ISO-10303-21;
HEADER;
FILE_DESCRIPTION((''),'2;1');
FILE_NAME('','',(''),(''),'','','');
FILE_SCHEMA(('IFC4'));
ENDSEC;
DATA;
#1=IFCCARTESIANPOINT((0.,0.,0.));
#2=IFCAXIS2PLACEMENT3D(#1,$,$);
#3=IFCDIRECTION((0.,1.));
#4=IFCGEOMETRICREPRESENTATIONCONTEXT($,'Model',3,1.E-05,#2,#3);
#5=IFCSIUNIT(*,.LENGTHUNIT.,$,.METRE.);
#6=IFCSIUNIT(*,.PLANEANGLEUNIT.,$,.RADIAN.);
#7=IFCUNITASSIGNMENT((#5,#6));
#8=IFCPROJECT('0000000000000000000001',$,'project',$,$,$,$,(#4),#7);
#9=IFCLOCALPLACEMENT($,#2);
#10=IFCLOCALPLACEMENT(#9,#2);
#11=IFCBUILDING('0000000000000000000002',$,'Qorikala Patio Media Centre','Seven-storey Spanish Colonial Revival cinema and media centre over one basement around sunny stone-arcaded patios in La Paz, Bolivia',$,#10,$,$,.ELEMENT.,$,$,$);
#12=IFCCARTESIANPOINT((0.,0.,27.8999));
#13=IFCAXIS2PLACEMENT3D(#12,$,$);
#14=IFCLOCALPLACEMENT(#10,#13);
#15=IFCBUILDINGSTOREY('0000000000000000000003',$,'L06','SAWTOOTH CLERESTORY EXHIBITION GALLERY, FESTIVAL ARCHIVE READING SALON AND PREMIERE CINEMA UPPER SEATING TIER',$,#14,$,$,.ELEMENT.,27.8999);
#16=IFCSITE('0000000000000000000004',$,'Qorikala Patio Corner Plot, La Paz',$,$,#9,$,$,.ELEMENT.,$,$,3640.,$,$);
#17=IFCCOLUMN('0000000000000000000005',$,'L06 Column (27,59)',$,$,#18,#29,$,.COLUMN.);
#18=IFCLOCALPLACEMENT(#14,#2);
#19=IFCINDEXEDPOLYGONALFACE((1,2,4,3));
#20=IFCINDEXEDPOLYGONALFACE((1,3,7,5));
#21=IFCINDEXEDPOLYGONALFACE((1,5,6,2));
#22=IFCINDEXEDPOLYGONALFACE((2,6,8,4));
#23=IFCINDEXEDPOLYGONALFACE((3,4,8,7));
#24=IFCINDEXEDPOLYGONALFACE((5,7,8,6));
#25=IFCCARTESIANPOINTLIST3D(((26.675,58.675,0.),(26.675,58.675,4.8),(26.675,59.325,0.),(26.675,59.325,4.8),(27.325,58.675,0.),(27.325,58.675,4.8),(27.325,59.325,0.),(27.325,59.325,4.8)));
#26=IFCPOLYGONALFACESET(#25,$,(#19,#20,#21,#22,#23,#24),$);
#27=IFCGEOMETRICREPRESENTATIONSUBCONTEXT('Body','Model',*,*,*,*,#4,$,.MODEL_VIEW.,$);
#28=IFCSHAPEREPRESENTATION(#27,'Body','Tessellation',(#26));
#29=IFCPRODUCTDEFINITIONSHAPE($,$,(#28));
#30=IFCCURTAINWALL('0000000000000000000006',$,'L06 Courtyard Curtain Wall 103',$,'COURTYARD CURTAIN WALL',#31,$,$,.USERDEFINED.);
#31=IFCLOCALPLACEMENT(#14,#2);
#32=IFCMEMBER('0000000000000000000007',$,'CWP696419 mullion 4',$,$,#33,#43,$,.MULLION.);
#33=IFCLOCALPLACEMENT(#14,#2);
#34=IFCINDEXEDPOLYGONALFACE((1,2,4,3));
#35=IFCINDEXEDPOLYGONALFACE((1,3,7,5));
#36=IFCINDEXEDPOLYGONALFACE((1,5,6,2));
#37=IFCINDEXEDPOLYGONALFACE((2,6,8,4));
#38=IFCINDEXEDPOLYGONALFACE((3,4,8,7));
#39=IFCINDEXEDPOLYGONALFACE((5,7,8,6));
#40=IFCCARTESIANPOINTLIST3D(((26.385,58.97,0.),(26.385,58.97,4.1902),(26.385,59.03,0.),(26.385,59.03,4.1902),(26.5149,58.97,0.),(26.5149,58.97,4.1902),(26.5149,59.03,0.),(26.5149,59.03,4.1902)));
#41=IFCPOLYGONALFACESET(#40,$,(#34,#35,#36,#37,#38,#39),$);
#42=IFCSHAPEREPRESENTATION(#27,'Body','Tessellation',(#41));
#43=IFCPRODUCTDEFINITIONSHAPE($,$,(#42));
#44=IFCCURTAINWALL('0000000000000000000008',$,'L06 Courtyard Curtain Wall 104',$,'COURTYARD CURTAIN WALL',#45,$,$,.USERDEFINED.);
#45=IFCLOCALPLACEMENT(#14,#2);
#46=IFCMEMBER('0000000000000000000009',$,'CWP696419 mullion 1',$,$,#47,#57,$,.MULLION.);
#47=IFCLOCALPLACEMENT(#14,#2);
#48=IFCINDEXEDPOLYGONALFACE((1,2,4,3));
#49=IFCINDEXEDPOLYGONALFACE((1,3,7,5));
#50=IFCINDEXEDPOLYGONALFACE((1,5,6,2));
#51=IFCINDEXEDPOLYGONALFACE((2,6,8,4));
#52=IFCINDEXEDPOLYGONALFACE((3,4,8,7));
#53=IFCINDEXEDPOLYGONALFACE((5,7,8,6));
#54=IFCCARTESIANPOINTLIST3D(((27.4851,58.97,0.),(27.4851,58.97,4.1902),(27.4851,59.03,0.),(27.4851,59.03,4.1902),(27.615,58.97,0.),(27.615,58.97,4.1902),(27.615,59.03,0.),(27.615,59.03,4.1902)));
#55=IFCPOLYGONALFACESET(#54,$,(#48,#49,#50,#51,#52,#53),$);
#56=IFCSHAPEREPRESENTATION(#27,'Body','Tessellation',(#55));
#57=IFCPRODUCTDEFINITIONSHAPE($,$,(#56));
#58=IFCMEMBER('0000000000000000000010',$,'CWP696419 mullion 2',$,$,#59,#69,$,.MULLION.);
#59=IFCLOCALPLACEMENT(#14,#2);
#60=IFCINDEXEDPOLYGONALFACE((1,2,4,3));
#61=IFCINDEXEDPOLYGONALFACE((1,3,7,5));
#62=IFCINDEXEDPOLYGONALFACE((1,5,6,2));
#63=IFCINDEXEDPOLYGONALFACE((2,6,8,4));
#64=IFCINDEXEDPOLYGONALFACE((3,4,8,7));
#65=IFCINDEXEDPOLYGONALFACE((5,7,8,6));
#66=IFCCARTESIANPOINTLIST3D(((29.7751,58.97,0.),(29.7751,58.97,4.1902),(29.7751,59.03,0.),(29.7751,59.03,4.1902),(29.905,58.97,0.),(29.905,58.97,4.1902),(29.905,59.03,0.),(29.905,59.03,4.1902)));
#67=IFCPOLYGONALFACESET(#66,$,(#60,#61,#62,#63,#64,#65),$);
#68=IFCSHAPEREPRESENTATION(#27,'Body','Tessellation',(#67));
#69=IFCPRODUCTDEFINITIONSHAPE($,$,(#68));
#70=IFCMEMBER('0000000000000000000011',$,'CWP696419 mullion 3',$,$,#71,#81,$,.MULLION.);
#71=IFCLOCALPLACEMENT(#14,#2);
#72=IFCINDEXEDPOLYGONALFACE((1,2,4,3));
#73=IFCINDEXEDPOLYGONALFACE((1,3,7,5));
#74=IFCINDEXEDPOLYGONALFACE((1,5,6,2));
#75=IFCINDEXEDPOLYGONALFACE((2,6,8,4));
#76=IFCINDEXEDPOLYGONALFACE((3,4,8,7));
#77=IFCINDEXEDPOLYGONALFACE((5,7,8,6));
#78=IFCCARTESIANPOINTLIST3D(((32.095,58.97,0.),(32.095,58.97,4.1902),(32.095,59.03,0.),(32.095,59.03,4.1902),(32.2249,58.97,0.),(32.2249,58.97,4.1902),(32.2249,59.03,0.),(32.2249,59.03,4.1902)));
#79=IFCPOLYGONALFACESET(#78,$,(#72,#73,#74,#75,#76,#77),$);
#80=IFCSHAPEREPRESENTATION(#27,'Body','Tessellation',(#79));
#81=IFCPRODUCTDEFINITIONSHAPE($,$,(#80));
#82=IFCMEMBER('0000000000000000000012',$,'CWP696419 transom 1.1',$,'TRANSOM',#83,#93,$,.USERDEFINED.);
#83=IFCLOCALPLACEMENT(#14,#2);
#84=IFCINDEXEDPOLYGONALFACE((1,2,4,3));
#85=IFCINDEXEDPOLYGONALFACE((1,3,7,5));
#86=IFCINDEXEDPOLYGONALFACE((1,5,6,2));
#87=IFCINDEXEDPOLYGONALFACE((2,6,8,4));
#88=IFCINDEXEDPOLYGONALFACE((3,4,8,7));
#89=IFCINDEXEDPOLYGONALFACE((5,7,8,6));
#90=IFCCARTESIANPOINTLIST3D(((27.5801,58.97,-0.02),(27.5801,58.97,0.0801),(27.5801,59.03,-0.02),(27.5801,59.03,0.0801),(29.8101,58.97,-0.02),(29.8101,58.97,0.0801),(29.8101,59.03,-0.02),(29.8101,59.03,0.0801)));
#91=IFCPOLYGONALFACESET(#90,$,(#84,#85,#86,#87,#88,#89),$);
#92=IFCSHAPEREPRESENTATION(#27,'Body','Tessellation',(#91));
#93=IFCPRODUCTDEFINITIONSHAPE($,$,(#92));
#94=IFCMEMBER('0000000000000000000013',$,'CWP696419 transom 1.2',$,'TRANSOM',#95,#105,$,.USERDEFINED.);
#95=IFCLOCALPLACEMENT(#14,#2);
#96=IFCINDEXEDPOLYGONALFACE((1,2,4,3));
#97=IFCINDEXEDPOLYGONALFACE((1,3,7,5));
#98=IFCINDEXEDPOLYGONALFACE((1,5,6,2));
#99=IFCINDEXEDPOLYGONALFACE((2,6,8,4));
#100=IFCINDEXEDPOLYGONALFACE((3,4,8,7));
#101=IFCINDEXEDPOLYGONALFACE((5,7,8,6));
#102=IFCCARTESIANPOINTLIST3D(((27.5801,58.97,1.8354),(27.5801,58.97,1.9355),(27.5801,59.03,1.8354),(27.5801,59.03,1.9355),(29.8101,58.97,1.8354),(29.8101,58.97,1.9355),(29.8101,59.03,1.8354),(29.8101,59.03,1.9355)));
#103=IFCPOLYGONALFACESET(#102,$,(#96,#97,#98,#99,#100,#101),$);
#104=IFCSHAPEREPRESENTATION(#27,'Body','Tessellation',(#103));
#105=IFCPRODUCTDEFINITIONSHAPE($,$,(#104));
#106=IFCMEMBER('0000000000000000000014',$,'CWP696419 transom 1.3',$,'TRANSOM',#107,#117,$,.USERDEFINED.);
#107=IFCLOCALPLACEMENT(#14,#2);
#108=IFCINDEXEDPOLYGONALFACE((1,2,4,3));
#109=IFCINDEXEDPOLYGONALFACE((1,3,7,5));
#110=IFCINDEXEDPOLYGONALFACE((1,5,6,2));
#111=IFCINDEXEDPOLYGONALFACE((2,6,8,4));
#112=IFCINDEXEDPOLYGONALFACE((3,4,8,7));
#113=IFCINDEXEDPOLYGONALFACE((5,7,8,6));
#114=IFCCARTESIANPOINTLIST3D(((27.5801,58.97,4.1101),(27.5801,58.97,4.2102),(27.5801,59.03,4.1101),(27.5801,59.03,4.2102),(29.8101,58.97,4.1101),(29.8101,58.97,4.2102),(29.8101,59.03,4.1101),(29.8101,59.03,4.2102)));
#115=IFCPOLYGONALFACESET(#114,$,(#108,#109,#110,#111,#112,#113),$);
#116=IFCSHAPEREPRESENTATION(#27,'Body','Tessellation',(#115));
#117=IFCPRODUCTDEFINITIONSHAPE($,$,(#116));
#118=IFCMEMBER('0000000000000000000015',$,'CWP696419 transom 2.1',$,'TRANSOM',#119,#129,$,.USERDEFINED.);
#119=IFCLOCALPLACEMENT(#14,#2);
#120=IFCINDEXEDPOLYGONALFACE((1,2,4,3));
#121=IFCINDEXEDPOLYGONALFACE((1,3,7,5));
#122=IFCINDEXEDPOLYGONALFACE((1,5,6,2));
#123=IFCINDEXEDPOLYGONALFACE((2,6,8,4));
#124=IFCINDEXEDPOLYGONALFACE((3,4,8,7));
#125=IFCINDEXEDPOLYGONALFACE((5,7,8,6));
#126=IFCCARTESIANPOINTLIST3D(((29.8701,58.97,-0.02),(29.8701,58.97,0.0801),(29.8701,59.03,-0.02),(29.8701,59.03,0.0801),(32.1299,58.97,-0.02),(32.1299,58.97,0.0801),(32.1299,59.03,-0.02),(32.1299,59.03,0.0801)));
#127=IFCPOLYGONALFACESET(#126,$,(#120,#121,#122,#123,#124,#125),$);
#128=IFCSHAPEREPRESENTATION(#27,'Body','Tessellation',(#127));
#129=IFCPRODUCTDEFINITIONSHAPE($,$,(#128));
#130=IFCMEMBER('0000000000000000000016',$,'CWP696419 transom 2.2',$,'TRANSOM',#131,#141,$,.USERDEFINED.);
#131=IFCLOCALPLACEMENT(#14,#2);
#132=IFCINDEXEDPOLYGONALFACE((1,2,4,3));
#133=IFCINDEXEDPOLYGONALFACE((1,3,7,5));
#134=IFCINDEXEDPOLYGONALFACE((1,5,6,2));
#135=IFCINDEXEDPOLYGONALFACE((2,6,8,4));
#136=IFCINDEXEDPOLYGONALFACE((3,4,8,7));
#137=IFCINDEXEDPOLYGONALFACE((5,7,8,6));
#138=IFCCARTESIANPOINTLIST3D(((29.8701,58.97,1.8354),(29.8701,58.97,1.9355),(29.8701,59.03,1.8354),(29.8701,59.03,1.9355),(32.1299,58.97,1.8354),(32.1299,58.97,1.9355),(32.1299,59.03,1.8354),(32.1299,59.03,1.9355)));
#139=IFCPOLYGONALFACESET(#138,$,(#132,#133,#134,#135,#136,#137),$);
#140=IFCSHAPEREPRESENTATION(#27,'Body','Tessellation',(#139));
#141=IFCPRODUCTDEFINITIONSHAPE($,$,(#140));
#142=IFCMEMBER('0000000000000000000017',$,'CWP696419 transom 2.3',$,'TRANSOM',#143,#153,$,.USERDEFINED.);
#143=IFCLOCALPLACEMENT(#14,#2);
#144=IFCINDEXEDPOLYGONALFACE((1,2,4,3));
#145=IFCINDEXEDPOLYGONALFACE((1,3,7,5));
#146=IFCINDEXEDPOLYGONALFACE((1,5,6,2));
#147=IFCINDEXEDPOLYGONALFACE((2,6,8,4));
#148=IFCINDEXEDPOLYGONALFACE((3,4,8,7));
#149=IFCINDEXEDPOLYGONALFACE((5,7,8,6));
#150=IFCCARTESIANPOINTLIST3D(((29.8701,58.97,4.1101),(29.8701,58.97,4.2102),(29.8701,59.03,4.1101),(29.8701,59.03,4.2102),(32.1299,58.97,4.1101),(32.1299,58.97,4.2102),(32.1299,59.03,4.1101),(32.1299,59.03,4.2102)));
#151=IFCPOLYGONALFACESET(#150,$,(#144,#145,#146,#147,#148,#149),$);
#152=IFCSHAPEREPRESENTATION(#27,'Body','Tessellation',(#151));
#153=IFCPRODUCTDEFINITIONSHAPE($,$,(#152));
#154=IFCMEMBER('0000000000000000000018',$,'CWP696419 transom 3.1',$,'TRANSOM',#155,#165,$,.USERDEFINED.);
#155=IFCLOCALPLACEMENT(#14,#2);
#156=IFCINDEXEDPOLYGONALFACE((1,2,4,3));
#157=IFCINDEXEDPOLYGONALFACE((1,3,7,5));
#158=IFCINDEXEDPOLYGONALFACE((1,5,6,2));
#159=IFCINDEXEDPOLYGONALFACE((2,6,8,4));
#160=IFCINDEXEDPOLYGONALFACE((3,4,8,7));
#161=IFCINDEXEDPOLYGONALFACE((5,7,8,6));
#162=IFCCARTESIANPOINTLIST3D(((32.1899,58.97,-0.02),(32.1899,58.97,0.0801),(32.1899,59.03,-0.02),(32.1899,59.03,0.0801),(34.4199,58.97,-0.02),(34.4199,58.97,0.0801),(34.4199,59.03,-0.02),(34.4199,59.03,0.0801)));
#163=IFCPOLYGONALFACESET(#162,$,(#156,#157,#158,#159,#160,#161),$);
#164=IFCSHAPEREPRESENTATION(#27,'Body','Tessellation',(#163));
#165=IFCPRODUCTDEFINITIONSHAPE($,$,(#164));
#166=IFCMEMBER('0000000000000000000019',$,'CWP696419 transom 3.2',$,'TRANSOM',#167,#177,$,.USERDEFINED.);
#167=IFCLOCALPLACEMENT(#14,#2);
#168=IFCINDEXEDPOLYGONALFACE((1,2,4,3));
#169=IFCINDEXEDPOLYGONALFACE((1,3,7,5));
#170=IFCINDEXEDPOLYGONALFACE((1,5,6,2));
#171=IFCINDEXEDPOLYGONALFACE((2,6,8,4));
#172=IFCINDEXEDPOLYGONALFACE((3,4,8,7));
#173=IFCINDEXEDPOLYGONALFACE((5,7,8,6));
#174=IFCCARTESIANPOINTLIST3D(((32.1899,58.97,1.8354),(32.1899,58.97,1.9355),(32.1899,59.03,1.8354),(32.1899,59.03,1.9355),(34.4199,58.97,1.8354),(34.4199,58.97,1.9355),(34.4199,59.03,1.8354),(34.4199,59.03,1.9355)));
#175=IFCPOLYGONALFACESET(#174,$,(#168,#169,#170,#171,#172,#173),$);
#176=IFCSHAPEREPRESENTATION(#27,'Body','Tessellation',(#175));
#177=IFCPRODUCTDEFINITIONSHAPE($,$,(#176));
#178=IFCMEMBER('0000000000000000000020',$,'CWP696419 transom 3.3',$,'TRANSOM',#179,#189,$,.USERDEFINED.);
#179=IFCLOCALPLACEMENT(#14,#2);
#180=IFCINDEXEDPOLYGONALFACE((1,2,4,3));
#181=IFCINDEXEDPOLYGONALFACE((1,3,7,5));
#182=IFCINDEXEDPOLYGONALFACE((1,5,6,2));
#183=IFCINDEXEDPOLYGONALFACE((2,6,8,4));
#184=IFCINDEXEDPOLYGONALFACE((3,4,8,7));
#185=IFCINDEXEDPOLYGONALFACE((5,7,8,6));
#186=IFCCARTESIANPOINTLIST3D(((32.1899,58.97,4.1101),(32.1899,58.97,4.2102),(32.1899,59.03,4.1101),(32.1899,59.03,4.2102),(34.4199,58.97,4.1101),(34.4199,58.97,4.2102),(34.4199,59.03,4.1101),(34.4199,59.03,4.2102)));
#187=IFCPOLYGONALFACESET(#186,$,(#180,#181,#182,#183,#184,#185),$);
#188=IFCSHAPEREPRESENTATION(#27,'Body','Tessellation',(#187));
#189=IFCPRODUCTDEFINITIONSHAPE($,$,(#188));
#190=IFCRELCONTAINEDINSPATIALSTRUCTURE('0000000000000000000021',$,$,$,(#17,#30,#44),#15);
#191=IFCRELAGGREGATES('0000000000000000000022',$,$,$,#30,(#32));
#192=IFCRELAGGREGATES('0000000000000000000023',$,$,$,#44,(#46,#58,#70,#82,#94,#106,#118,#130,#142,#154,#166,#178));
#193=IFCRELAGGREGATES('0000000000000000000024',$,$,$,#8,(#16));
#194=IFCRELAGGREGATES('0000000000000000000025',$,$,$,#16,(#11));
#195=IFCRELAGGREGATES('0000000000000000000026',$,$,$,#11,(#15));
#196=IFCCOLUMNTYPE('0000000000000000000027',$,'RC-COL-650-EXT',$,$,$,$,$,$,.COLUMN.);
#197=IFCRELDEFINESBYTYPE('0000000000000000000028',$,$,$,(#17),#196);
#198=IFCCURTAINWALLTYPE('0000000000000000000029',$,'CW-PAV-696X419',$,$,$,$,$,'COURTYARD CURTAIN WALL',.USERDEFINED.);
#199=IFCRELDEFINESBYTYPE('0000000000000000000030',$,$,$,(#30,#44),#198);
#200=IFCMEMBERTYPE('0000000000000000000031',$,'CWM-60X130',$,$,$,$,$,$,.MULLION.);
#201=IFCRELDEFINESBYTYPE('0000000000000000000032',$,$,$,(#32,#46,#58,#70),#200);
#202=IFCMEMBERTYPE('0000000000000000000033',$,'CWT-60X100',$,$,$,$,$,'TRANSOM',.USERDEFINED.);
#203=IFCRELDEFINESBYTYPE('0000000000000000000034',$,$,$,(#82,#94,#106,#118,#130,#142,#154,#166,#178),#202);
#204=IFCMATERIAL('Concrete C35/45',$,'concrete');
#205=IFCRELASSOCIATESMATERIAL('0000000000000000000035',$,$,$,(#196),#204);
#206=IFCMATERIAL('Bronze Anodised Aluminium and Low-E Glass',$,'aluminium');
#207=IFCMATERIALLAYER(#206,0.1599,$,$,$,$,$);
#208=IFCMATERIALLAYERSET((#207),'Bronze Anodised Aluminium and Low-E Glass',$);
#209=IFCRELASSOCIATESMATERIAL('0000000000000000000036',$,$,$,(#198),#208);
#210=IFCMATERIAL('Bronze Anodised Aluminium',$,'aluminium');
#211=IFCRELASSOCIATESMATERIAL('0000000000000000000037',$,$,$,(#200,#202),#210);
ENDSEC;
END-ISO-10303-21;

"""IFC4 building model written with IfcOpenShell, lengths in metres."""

from ifc_helpers import new_model, si_unit, direction, frame, origin, origin_2d, place, context, subcontext, project, spatial, rectangle, extrude, material, layer, layer_set, material_profile, profile_set, type_object, element, aggregate, save


model = new_model("IFC4")

# Units and contexts
model_context = context("Model", 3, precision=1e-05, world=origin(), true_north=direction((0.0, 1.0)))
body_context = subcontext(model_context, "Body", "Model", "MODEL_VIEW")
ifc_project = project(units=[si_unit("LENGTHUNIT", "METRE"), si_unit("PLANEANGLEUNIT", "RADIAN")], contexts=[model_context])

# Site, building, storey
site_placement = place(None, origin())
site = spatial("IfcSite", under=ifc_project, at=site_placement, Name="Qorikala Patio Corner Plot, La Paz", CompositionType="ELEMENT", RefElevation=3640.0)
building_placement = place(site_placement, origin())
building = spatial("IfcBuilding", under=site, at=building_placement, Name="Qorikala Patio Media Centre", Description="Seven-storey Spanish Colonial Revival cinema and media centre over one basement around sunny stone-arcaded patios in La Paz, Bolivia", CompositionType="ELEMENT")
storey_placement = place(building_placement, frame((0.0, 0.0, 27.8999)))
storey = spatial("IfcBuildingStorey", under=building, at=storey_placement, Name="L06", Description="SAWTOOTH CLERESTORY EXHIBITION GALLERY, FESTIVAL ARCHIVE READING SALON AND PREMIERE CINEMA UPPER SEATING TIER", CompositionType="ELEMENT", Elevation=27.8999)

# Column
ifc_material_1 = material(Name="Concrete C35/45", Category="concrete")
ifc_material_profile_1 = material_profile(ifc_material_1, rectangle(XDim=0.6499, YDim=0.6499, at=origin_2d()), Name="RC 650x650")
ifc_profile_set_1 = profile_set([ifc_material_profile_1], Name="Concrete C35/45")
column_type = type_object("IfcColumnType", Name="RC-COL-650-EXT", PredefinedType="COLUMN", material=ifc_profile_set_1)
column_placement = place(storey_placement, frame((27.0, 59.0, 0.0), z_axis=(0.0, 0.0, 1.0), x_axis=(1.0, 0.0, 0.0)))
element("IfcColumn", 1, at=column_placement, inside=storey, type_object=column_type, Name="L06 Column (27,59)", PredefinedType="COLUMN", context=body_context, shape_type="SweptSolid", body=[
    extrude(rectangle(XDim=0.6499, YDim=0.6499, at=origin_2d()), origin(), (0.0, 0.0, 1.0), 4.8),
])

# Curtain wall, member
ifc_material_2 = material(Name="Bronze Anodised Aluminium and Low-E Glass", Category="aluminium")
ifc_layer_1 = layer(ifc_material_2, 0.1599)
ifc_layer_set_1 = layer_set([ifc_layer_1], Name="Bronze Anodised Aluminium and Low-E Glass")
curtain_wall_type = type_object("IfcCurtainWallType", Name="CW-PAV-696X419", ElementType="COURTYARD CURTAIN WALL", PredefinedType="USERDEFINED", material=ifc_layer_set_1)
curtain_wall_1_placement = place(storey_placement, origin())
curtain_wall_1 = element("IfcCurtainWall", 2, at=curtain_wall_1_placement, inside=storey, type_object=curtain_wall_type, Name="L06 Courtyard Curtain Wall 103", ObjectType="COURTYARD CURTAIN WALL", PredefinedType="USERDEFINED")
ifc_material_3 = material(Name="Bronze Anodised Aluminium", Category="aluminium")
ifc_material_profile_2 = material_profile(ifc_material_3, rectangle(XDim=0.0601, YDim=0.1299, at=origin_2d()), Name="ALU MULLION 60x130")
ifc_profile_set_2 = profile_set([ifc_material_profile_2], Name="Bronze Anodised Aluminium")
member_type_1 = type_object("IfcMemberType", Name="CWM-60X130", PredefinedType="MULLION", material=ifc_profile_set_2)
member_1_placement = place(storey_placement, frame((26.45, 59.0, 0.0), z_axis=(0.0, 0.0, 1.0), x_axis=(0.0, 1.0, 0.0)))
member_1 = element("IfcMember", 3, at=member_1_placement, type_object=member_type_1, Name="CWP696419 mullion 4", PredefinedType="MULLION", context=body_context, shape_type="SweptSolid", body=[
    extrude(rectangle(XDim=0.0601, YDim=0.1299, at=origin_2d()), origin(), (0.0, 0.0, 1.0), 4.1902),
])
aggregate(curtain_wall_1, [member_1])

# Curtain wall, members
curtain_wall_2_placement = place(storey_placement, origin())
curtain_wall_2 = element("IfcCurtainWall", 4, at=curtain_wall_2_placement, inside=storey, type_object=curtain_wall_type, Name="L06 Courtyard Curtain Wall 104", ObjectType="COURTYARD CURTAIN WALL", PredefinedType="USERDEFINED")
member_2_placement = place(storey_placement, frame((27.55, 59.0, 0.0), z_axis=(0.0, 0.0, 1.0), x_axis=(0.0, 1.0, 0.0)))
member_2 = element("IfcMember", 5, at=member_2_placement, type_object=member_type_1, Name="CWP696419 mullion 1", PredefinedType="MULLION", context=body_context, shape_type="SweptSolid", body=[
    extrude(rectangle(XDim=0.0601, YDim=0.1299, at=origin_2d()), origin(), (0.0, 0.0, 1.0), 4.1902),
])
member_3_placement = place(storey_placement, frame((29.8401, 59.0, 0.0), z_axis=(0.0, 0.0, 1.0), x_axis=(0.0, 1.0, 0.0)))
member_3 = element("IfcMember", 6, at=member_3_placement, type_object=member_type_1, Name="CWP696419 mullion 2", PredefinedType="MULLION", context=body_context, shape_type="SweptSolid", body=[
    extrude(rectangle(XDim=0.0601, YDim=0.1299, at=origin_2d()), origin(), (0.0, 0.0, 1.0), 4.1902),
])
member_4_placement = place(storey_placement, frame((32.1599, 59.0, 0.0), z_axis=(0.0, 0.0, 1.0), x_axis=(0.0, 1.0, 0.0)))
member_4 = element("IfcMember", 7, at=member_4_placement, type_object=member_type_1, Name="CWP696419 mullion 3", PredefinedType="MULLION", context=body_context, shape_type="SweptSolid", body=[
    extrude(rectangle(XDim=0.0601, YDim=0.1299, at=origin_2d()), origin(), (0.0, 0.0, 1.0), 4.1902),
])
ifc_material_profile_3 = material_profile(ifc_material_3, rectangle(XDim=0.0601, YDim=0.1001, at=origin_2d()), Name="ALU TRANSOM 60x100")
ifc_profile_set_3 = profile_set([ifc_material_profile_3], Name="Bronze Anodised Aluminium")
member_type_2 = type_object("IfcMemberType", Name="CWT-60X100", ElementType="TRANSOM", PredefinedType="USERDEFINED", material=ifc_profile_set_3)
member_5_placement = place(storey_placement, frame((27.5801, 59.0, 0.03), z_axis=(1.0, 0.0, 0.0), x_axis=(0.0, 1.0, 0.0)))
member_5 = element("IfcMember", 8, at=member_5_placement, type_object=member_type_2, Name="CWP696419 transom 1.1", ObjectType="TRANSOM", PredefinedType="USERDEFINED", context=body_context, shape_type="SweptSolid", body=[
    extrude(rectangle(XDim=0.0601, YDim=0.1001, at=origin_2d()), origin(), (0.0, 0.0, 1.0), 2.23),
])
member_6_placement = place(storey_placement, frame((27.5801, 59.0, 1.8855), z_axis=(1.0, 0.0, 0.0), x_axis=(0.0, 1.0, 0.0)))
member_6 = element("IfcMember", 9, at=member_6_placement, type_object=member_type_2, Name="CWP696419 transom 1.2", ObjectType="TRANSOM", PredefinedType="USERDEFINED", context=body_context, shape_type="SweptSolid", body=[
    extrude(rectangle(XDim=0.0601, YDim=0.1001, at=origin_2d()), origin(), (0.0, 0.0, 1.0), 2.23),
])
member_7_placement = place(storey_placement, frame((27.5801, 59.0, 4.1602), z_axis=(1.0, 0.0, 0.0), x_axis=(0.0, 1.0, 0.0)))
member_7 = element("IfcMember", 10, at=member_7_placement, type_object=member_type_2, Name="CWP696419 transom 1.3", ObjectType="TRANSOM", PredefinedType="USERDEFINED", context=body_context, shape_type="SweptSolid", body=[
    extrude(rectangle(XDim=0.0601, YDim=0.1001, at=origin_2d()), origin(), (0.0, 0.0, 1.0), 2.23),
])
member_8_placement = place(storey_placement, frame((29.8701, 59.0, 0.03), z_axis=(1.0, 0.0, 0.0), x_axis=(0.0, 1.0, 0.0)))
member_8 = element("IfcMember", 11, at=member_8_placement, type_object=member_type_2, Name="CWP696419 transom 2.1", ObjectType="TRANSOM", PredefinedType="USERDEFINED", context=body_context, shape_type="SweptSolid", body=[
    extrude(rectangle(XDim=0.0601, YDim=0.1001, at=origin_2d()), origin(), (0.0, 0.0, 1.0), 2.2598),
])
member_9_placement = place(storey_placement, frame((29.8701, 59.0, 1.8855), z_axis=(1.0, 0.0, 0.0), x_axis=(0.0, 1.0, 0.0)))
member_9 = element("IfcMember", 12, at=member_9_placement, type_object=member_type_2, Name="CWP696419 transom 2.2", ObjectType="TRANSOM", PredefinedType="USERDEFINED", context=body_context, shape_type="SweptSolid", body=[
    extrude(rectangle(XDim=0.0601, YDim=0.1001, at=origin_2d()), origin(), (0.0, 0.0, 1.0), 2.2598),
])
member_10_placement = place(storey_placement, frame((29.8701, 59.0, 4.1602), z_axis=(1.0, 0.0, 0.0), x_axis=(0.0, 1.0, 0.0)))
member_10 = element("IfcMember", 13, at=member_10_placement, type_object=member_type_2, Name="CWP696419 transom 2.3", ObjectType="TRANSOM", PredefinedType="USERDEFINED", context=body_context, shape_type="SweptSolid", body=[
    extrude(rectangle(XDim=0.0601, YDim=0.1001, at=origin_2d()), origin(), (0.0, 0.0, 1.0), 2.2598),
])
member_11_placement = place(storey_placement, frame((32.1899, 59.0, 0.03), z_axis=(1.0, 0.0, 0.0), x_axis=(0.0, 1.0, 0.0)))
member_11 = element("IfcMember", 14, at=member_11_placement, type_object=member_type_2, Name="CWP696419 transom 3.1", ObjectType="TRANSOM", PredefinedType="USERDEFINED", context=body_context, shape_type="SweptSolid", body=[
    extrude(rectangle(XDim=0.0601, YDim=0.1001, at=origin_2d()), origin(), (0.0, 0.0, 1.0), 2.23),
])
member_12_placement = place(storey_placement, frame((32.1899, 59.0, 1.8855), z_axis=(1.0, 0.0, 0.0), x_axis=(0.0, 1.0, 0.0)))
member_12 = element("IfcMember", 15, at=member_12_placement, type_object=member_type_2, Name="CWP696419 transom 3.2", ObjectType="TRANSOM", PredefinedType="USERDEFINED", context=body_context, shape_type="SweptSolid", body=[
    extrude(rectangle(XDim=0.0601, YDim=0.1001, at=origin_2d()), origin(), (0.0, 0.0, 1.0), 2.23),
])
member_13_placement = place(storey_placement, frame((32.1899, 59.0, 4.1602), z_axis=(1.0, 0.0, 0.0), x_axis=(0.0, 1.0, 0.0)))
member_13 = element("IfcMember", 16, at=member_13_placement, type_object=member_type_2, Name="CWP696419 transom 3.3", ObjectType="TRANSOM", PredefinedType="USERDEFINED", context=body_context, shape_type="SweptSolid", body=[
    extrude(rectangle(XDim=0.0601, YDim=0.1001, at=origin_2d()), origin(), (0.0, 0.0, 1.0), 2.23),
])

aggregate(curtain_wall_2, [member_2, member_3, member_4, member_5, member_6, member_7, member_8, member_9, member_10, member_11, member_12, member_13])

save(model, "model.ifc")
